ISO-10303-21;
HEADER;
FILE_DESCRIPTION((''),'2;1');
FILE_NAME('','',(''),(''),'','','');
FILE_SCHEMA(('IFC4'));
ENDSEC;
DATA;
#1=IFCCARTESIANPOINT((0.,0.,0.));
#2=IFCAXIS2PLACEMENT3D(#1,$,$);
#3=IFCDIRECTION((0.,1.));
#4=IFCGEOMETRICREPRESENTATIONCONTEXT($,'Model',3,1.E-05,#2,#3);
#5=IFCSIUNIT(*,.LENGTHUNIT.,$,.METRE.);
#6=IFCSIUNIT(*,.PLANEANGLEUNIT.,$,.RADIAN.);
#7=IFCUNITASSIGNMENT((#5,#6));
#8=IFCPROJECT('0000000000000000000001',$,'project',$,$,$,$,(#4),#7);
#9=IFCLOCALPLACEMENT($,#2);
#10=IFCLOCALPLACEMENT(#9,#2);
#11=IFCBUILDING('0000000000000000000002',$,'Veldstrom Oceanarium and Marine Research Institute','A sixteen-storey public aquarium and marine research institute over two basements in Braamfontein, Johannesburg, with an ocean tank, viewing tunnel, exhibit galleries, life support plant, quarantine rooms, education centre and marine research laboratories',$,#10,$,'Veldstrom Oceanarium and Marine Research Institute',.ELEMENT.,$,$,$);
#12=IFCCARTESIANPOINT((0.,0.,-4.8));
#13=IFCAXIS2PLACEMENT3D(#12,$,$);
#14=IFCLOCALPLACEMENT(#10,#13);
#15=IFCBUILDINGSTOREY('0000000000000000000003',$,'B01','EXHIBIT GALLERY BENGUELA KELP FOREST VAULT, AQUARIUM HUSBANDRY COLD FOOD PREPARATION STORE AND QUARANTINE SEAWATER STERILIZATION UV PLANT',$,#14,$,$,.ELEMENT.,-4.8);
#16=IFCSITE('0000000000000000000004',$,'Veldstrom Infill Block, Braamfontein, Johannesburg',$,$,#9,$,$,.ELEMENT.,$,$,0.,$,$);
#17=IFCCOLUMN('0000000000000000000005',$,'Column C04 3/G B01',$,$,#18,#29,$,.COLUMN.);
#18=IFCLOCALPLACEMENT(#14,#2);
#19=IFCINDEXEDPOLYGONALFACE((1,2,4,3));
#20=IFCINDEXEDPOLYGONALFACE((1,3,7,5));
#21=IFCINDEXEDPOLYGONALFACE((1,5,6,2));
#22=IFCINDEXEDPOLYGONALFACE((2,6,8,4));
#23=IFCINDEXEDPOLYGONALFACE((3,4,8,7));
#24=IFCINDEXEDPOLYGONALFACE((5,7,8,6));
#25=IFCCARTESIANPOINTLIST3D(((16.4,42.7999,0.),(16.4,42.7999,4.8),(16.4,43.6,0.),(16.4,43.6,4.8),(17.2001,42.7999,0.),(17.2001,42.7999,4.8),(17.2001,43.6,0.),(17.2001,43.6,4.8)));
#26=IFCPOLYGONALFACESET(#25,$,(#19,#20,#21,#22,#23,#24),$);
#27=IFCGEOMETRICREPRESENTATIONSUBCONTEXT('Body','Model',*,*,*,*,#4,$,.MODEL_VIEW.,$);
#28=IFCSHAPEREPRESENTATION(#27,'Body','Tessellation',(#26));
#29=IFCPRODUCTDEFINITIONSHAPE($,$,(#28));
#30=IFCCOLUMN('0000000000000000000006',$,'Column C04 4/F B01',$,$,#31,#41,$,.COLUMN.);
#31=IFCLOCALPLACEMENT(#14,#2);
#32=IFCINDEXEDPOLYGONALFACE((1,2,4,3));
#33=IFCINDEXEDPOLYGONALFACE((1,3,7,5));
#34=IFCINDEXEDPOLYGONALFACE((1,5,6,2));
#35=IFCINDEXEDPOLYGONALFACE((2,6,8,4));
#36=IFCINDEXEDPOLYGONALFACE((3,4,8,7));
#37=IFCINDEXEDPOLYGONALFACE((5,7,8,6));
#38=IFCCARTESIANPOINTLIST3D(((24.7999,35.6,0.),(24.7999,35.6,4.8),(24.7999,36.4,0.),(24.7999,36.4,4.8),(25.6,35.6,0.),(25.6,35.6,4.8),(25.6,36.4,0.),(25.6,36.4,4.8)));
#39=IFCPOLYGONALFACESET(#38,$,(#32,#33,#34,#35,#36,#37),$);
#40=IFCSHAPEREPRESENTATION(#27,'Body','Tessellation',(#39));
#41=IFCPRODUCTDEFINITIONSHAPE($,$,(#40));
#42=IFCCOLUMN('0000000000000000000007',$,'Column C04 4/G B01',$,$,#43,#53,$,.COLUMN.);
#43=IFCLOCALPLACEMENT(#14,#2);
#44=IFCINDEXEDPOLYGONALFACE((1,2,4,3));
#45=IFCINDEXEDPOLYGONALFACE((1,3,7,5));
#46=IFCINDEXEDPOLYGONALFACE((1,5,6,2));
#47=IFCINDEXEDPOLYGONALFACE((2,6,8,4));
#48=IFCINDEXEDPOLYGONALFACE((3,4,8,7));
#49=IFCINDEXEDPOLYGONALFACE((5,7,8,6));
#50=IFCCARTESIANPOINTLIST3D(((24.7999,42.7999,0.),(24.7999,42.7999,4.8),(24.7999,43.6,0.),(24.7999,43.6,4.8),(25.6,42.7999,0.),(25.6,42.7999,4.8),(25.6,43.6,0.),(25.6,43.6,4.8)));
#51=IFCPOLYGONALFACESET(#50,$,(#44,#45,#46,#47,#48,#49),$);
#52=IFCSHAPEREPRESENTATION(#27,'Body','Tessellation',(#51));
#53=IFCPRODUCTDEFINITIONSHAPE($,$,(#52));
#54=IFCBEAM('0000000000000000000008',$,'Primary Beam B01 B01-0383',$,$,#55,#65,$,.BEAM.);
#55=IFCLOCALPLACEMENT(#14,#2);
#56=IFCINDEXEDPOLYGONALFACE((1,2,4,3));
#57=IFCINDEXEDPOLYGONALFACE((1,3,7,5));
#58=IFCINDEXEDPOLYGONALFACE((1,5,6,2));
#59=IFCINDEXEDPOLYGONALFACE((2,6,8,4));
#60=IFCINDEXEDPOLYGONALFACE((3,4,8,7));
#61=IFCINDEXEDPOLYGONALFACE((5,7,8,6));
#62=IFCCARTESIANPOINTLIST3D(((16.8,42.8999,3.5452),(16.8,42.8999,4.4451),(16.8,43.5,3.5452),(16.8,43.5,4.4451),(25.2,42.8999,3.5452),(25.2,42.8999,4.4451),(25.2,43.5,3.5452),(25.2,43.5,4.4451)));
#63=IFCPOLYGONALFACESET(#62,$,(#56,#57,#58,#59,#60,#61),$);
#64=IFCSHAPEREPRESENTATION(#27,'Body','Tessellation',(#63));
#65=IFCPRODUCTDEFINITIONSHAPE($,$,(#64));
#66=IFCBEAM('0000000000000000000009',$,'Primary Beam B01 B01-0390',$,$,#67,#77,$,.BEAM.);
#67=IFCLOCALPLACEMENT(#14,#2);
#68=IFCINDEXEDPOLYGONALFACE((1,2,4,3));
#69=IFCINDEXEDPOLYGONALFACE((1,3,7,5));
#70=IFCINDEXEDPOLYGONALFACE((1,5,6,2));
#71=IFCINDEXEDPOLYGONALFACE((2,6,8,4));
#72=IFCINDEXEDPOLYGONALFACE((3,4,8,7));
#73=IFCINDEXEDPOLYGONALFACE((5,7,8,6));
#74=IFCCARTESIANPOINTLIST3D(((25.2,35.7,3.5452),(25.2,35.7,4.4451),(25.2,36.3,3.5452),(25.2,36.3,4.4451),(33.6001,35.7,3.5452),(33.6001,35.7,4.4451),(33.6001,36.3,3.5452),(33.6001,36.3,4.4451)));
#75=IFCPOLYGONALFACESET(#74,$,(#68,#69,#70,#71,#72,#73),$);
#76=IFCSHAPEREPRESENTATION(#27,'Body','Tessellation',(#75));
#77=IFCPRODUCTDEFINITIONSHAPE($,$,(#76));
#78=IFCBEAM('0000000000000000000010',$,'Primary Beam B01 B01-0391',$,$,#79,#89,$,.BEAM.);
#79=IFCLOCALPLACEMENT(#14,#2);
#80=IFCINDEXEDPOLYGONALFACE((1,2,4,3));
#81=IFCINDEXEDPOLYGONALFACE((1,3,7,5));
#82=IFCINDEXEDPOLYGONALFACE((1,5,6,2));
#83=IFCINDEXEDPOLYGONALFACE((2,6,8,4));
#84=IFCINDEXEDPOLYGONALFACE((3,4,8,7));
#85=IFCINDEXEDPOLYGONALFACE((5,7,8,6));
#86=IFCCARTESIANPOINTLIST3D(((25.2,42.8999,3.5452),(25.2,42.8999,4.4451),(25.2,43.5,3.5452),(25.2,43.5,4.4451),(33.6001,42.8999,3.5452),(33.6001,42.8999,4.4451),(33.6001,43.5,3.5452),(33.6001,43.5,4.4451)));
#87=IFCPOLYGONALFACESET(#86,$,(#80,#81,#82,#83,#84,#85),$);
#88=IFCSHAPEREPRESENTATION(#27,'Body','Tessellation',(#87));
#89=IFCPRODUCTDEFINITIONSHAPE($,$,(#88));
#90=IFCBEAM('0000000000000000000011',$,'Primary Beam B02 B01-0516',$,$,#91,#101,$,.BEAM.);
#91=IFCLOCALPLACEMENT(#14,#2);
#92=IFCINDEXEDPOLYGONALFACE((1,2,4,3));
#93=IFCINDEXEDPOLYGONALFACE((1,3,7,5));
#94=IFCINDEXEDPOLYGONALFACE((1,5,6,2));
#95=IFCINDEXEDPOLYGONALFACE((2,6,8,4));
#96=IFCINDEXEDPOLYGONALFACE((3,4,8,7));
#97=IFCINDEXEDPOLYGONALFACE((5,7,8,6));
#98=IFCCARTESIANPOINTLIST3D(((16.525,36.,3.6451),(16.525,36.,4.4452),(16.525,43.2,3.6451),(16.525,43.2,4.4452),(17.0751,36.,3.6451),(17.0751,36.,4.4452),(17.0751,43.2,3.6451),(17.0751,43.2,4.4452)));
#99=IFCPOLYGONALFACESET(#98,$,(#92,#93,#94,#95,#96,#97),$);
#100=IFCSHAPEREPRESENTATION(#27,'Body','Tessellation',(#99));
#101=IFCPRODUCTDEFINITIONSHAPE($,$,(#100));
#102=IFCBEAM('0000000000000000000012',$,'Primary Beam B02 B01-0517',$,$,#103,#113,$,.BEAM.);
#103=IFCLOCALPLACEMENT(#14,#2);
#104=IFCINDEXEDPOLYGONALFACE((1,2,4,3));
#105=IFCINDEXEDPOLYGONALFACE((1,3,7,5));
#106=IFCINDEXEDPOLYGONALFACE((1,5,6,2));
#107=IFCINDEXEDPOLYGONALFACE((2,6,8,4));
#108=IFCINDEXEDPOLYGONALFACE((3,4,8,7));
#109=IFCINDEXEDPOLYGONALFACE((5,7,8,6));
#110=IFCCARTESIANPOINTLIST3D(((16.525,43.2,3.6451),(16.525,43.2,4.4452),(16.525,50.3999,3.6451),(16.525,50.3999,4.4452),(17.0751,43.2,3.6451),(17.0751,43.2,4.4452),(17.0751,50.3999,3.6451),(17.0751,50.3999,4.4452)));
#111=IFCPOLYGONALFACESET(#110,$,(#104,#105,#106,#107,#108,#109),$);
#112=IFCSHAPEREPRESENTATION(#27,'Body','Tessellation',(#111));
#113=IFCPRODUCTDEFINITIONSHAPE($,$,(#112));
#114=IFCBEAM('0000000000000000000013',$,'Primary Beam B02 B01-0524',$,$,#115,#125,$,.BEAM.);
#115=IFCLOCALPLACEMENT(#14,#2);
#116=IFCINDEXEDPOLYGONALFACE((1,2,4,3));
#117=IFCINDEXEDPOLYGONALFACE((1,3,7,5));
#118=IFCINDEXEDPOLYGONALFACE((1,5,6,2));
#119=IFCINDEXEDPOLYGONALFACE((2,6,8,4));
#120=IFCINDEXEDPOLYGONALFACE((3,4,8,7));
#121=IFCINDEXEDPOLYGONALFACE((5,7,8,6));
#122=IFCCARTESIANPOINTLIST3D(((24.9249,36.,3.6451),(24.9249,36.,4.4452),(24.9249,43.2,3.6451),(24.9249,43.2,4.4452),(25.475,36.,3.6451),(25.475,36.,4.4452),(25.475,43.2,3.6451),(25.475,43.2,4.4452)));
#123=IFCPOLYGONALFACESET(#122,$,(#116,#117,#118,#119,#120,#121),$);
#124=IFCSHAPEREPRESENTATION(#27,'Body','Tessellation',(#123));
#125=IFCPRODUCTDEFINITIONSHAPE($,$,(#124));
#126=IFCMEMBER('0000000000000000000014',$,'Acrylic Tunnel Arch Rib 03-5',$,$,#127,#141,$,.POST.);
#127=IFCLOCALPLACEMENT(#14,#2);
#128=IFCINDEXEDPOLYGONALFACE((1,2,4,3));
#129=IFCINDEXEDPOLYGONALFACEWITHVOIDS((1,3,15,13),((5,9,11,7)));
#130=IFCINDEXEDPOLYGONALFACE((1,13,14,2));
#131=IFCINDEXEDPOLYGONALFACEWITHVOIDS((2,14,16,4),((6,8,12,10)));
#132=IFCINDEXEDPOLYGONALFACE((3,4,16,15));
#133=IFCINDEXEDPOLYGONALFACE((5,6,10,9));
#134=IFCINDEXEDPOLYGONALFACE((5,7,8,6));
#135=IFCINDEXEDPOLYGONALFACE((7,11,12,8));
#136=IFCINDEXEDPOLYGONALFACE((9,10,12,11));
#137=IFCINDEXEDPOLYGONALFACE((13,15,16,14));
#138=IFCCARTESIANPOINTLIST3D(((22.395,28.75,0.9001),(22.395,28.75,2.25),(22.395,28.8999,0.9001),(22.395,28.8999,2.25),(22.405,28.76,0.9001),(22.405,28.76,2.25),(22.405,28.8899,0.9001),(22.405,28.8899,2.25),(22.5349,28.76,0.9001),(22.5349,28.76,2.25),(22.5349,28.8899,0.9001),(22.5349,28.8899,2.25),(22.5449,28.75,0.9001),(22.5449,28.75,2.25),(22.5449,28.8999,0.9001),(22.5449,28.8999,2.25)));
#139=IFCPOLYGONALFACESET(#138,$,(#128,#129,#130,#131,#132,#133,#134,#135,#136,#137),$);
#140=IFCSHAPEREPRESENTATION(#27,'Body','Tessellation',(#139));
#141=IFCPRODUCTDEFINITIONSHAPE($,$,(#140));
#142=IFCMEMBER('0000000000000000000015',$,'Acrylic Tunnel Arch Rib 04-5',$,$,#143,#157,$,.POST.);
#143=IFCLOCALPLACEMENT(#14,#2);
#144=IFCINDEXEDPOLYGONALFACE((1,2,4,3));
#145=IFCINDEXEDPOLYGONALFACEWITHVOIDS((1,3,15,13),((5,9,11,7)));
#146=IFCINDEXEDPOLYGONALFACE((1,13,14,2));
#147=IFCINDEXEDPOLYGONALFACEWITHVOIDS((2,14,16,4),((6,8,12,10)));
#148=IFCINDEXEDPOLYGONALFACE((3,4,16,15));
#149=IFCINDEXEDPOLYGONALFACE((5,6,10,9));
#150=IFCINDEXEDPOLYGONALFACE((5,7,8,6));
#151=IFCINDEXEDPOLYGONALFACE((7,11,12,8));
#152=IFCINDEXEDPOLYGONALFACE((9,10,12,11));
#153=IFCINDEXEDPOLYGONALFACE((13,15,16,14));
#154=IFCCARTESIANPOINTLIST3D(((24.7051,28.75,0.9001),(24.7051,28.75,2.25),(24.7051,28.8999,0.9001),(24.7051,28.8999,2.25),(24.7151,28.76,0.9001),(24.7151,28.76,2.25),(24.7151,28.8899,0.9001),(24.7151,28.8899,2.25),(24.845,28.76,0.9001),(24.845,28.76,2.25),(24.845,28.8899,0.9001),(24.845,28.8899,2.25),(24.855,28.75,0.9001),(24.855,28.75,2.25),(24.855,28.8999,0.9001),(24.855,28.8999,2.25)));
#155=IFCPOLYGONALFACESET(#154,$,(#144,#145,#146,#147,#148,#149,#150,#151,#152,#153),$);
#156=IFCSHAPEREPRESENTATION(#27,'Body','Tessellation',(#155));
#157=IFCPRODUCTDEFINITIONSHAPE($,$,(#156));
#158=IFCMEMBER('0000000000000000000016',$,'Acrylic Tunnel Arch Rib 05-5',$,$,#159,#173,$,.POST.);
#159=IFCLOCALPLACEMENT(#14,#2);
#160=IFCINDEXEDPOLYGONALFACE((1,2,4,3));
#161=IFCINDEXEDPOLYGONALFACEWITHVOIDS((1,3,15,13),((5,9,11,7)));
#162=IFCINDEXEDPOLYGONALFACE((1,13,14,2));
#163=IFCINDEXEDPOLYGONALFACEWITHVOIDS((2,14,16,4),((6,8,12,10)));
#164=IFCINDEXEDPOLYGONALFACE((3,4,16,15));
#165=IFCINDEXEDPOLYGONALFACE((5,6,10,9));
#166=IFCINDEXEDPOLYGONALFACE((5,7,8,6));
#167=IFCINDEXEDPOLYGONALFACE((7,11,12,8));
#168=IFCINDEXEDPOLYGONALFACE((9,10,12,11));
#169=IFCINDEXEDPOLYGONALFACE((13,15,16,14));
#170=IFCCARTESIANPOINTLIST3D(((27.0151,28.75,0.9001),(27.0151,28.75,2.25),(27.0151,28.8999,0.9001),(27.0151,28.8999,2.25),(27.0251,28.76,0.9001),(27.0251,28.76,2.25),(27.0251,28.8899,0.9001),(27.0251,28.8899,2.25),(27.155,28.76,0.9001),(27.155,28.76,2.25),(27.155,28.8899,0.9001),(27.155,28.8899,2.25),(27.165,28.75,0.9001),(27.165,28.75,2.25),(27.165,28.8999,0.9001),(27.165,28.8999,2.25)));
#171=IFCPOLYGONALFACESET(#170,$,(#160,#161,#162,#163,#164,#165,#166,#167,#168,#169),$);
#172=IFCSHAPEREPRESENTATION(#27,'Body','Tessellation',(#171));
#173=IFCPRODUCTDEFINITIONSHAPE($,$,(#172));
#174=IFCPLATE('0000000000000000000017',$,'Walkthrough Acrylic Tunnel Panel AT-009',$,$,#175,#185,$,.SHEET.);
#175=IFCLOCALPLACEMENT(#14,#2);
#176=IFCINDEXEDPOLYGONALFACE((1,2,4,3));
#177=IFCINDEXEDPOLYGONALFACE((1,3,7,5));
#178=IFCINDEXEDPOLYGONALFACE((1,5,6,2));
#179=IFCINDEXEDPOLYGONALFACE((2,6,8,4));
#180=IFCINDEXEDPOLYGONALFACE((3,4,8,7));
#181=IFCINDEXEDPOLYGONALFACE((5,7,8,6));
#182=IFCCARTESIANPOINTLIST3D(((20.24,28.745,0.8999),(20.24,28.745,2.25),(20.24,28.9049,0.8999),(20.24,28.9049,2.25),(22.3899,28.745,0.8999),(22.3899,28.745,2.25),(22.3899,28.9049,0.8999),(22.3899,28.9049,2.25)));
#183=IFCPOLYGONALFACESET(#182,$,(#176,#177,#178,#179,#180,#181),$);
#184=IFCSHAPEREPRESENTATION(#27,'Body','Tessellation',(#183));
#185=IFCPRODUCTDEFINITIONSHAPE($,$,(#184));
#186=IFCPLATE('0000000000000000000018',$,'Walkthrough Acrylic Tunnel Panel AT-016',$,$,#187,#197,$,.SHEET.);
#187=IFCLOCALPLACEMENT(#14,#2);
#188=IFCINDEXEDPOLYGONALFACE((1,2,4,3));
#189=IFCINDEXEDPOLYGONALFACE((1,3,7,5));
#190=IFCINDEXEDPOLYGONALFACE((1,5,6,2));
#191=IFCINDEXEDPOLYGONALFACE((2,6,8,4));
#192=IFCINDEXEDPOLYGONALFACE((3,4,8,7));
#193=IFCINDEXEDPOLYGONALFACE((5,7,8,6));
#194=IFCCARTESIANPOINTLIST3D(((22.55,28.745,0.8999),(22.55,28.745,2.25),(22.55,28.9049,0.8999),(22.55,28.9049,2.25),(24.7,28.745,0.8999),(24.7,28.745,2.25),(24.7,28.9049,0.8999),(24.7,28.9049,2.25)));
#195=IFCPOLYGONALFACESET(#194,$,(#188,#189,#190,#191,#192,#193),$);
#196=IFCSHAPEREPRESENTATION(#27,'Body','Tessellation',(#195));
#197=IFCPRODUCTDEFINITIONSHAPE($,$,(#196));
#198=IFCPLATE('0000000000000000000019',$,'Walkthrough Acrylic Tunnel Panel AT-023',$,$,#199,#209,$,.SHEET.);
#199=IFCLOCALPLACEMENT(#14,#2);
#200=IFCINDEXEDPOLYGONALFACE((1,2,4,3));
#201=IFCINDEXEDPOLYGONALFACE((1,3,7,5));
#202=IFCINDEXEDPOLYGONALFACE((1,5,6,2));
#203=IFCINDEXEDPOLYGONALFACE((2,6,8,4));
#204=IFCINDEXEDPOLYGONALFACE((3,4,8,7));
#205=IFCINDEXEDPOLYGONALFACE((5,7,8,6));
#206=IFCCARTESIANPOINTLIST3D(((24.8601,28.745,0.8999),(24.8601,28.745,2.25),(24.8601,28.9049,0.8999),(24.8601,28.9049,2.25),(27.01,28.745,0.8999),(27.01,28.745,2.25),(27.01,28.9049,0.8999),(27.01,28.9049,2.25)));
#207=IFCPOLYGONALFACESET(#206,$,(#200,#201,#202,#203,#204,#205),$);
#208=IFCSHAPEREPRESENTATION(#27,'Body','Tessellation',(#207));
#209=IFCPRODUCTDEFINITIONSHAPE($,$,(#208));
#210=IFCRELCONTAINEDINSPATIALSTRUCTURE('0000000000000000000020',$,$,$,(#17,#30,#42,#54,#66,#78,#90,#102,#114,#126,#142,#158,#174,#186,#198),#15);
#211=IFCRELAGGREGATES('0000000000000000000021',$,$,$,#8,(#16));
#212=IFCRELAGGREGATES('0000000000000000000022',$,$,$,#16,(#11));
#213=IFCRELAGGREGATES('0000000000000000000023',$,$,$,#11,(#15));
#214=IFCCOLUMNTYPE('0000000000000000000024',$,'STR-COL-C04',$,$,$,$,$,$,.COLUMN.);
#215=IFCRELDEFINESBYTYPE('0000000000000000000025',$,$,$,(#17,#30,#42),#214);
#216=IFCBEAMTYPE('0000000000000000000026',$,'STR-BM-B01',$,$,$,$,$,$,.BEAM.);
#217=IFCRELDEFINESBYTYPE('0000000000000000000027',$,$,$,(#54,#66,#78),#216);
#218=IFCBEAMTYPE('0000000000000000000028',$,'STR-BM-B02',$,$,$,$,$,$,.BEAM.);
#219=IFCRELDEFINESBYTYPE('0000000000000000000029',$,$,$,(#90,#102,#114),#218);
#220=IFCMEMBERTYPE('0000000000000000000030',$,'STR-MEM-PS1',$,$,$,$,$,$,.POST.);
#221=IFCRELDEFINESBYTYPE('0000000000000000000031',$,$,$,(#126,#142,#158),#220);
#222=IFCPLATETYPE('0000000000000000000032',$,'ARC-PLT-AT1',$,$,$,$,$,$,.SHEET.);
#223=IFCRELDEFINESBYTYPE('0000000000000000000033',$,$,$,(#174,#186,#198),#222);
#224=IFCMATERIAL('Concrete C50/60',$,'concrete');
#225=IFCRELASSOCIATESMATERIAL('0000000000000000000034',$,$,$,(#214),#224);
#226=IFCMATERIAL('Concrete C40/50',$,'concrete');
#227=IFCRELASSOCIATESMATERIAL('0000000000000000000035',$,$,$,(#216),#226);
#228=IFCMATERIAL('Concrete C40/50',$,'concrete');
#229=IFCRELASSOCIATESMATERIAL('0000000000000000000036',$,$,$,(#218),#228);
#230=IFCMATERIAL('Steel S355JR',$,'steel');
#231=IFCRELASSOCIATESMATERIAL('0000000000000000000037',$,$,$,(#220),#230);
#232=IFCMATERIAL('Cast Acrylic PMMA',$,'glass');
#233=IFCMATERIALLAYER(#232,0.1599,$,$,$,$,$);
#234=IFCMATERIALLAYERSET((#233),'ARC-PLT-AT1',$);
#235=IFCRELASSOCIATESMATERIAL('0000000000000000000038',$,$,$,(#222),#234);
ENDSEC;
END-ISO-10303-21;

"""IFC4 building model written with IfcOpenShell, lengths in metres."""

from ifc_helpers import new_model, si_unit, direction, frame, origin, origin_2d, place, context, subcontext, project, spatial, rectangle, hollow_rectangle, extrude, material, layer, layer_set, material_profile, profile_set, type_object, element, save


model = new_model("IFC4")

# Units and contexts
model_context = context("Model", 3, precision=1e-05, world=origin(), true_north=direction((0.0, 1.0)))
body_context = subcontext(model_context, "Body", "Model", "MODEL_VIEW")
ifc_project = project(units=[si_unit("LENGTHUNIT", "METRE"), si_unit("PLANEANGLEUNIT", "RADIAN")], contexts=[model_context])

# Site, building, storey
site_placement = place(None, origin())
site = spatial("IfcSite", under=ifc_project, at=site_placement, Name="Veldstrom Infill Block, Braamfontein, Johannesburg", CompositionType="ELEMENT", RefElevation=0.0)
building_placement = place(site_placement, origin())
building = spatial("IfcBuilding", under=site, at=building_placement, Name="Veldstrom Oceanarium and Marine Research Institute", Description="A sixteen-storey public aquarium and marine research institute over two basements in Braamfontein, Johannesburg, with an ocean tank, viewing tunnel, exhibit galleries, life support plant, quarantine rooms, education centre and marine research laboratories", LongName="Veldstrom Oceanarium and Marine Research Institute", CompositionType="ELEMENT")
storey_placement = place(building_placement, frame((0.0, 0.0, -4.8)))
storey = spatial("IfcBuildingStorey", under=building, at=storey_placement, Name="B01", Description="EXHIBIT GALLERY BENGUELA KELP FOREST VAULT, AQUARIUM HUSBANDRY COLD FOOD PREPARATION STORE AND QUARANTINE SEAWATER STERILIZATION UV PLANT", CompositionType="ELEMENT", Elevation=-4.8)

# Columns
ifc_material_1 = material(Name="Concrete C50/60", Category="concrete")
ifc_material_profile_1 = material_profile(ifc_material_1, rectangle(XDim=0.8, YDim=0.8, at=origin_2d()), Name="RC-COL-800x800")
ifc_profile_set_1 = profile_set([ifc_material_profile_1], Name="Concrete C50/60")
column_type = type_object("IfcColumnType", Name="STR-COL-C04", PredefinedType="COLUMN", material=ifc_profile_set_1)
for number, where, z_axis, x_axis, name in (
    (1, (16.8, 43.2, 0.0), (0.0, 0.0, 1.0), (1.0, 0.0, 0.0), "Column C04 3/G B01"),
    (2, (25.2, 36.0, 0.0), (0.0, 0.0, 1.0), (1.0, 0.0, 0.0), "Column C04 4/F B01"),
    (3, (25.2, 43.2, 0.0), (0.0, 0.0, 1.0), (1.0, 0.0, 0.0), "Column C04 4/G B01"),
):
    element("IfcColumn", number, at=place(storey_placement, frame(where, z_axis=z_axis, x_axis=x_axis)), inside=storey, type_object=column_type, Name=name, PredefinedType="COLUMN", context=body_context, shape_type="SweptSolid", body=[
        extrude(rectangle(XDim=0.8, YDim=0.8, at=origin_2d()), origin(), (0.0, 0.0, 1.0), 4.8),
    ])

# Beams
ifc_material_2 = material(Name="Concrete C40/50", Category="concrete")
ifc_material_profile_2 = material_profile(ifc_material_2, rectangle(XDim=0.6001, YDim=0.8999, at=origin_2d()), Name="RC-BM-600x900")
ifc_profile_set_2 = profile_set([ifc_material_profile_2], Name="Concrete C40/50")
beam_type_1 = type_object("IfcBeamType", Name="STR-BM-B01", PredefinedType="BEAM", material=ifc_profile_set_2)
beam_placement = place(storey_placement, frame((16.8, 43.2, 3.9951), z_axis=(1.0, 0.0, 0.0), x_axis=(0.0, 1.0, 0.0)))
element("IfcBeam", 4, at=beam_placement, inside=storey, type_object=beam_type_1, Name="Primary Beam B01 B01-0383", PredefinedType="BEAM", context=body_context, shape_type="SweptSolid", body=[
    extrude(rectangle(XDim=0.6001, YDim=0.8999, at=origin_2d()), origin(), (0.0, 0.0, 1.0), 8.3999),
])
for number, where, z_axis, x_axis, name in (
    (5, (25.2, 36.0, 3.9951), (1.0, 0.0, 0.0), (0.0, 1.0, 0.0), "Primary Beam B01 B01-0390"),
    (6, (25.2, 43.2, 3.9951), (1.0, 0.0, 0.0), (0.0, 1.0, 0.0), "Primary Beam B01 B01-0391"),
):
    element("IfcBeam", number, at=place(storey_placement, frame(where, z_axis=z_axis, x_axis=x_axis)), inside=storey, type_object=beam_type_1, Name=name, PredefinedType="BEAM", context=body_context, shape_type="SweptSolid", body=[
        extrude(rectangle(XDim=0.6001, YDim=0.8999, at=origin_2d()), origin(), (0.0, 0.0, 1.0), 8.4001),
    ])
ifc_material_3 = material(Name="Concrete C40/50", Category="concrete")
ifc_material_profile_3 = material_profile(ifc_material_3, rectangle(XDim=0.55, YDim=0.8, at=origin_2d()), Name="RC-BM-550x800")
ifc_profile_set_3 = profile_set([ifc_material_profile_3], Name="Concrete C40/50")
beam_type_2 = type_object("IfcBeamType", Name="STR-BM-B02", PredefinedType="BEAM", material=ifc_profile_set_3)
for number, where, z_axis, x_axis, name in (
    (7, (16.8, 36.0, 4.0452), (0.0, 1.0, 0.0), (-1.0, 0.0, 0.0), "Primary Beam B02 B01-0516"),
    (8, (16.8, 43.2, 4.0452), (0.0, 1.0, 0.0), (-1.0, 0.0, 0.0), "Primary Beam B02 B01-0517"),
    (9, (25.2, 36.0, 4.0452), (0.0, 1.0, 0.0), (-1.0, 0.0, 0.0), "Primary Beam B02 B01-0524"),
):
    element("IfcBeam", number, at=place(storey_placement, frame(where, z_axis=z_axis, x_axis=x_axis)), inside=storey, type_object=beam_type_2, Name=name, PredefinedType="BEAM", context=body_context, shape_type="SweptSolid", body=[
        extrude(rectangle(XDim=0.55, YDim=0.8, at=origin_2d()), origin(), (0.0, 0.0, 1.0), 7.2),
    ])

# Members
ifc_material_4 = material(Name="Steel S355JR", Category="steel")
ifc_material_profile_4 = material_profile(ifc_material_4, hollow_rectangle(XDim=0.1499, YDim=0.1499, WallThickness=0.01, at=origin_2d()), Name="SHS 150x150x10")
ifc_profile_set_4 = profile_set([ifc_material_profile_4], Name="Steel S355JR")
member_type = type_object("IfcMemberType", Name="STR-MEM-PS1", PredefinedType="POST", material=ifc_profile_set_4)
for number, where, z_axis, x_axis, name in (
    (10, (22.47, 28.825, 2.25), (0.0, 0.0, -1.0), (1.0, 0.0, 0.0), "Acrylic Tunnel Arch Rib 03-5"),
    (11, (24.78, 28.825, 2.25), (0.0, 0.0, -1.0), (1.0, 0.0, 0.0), "Acrylic Tunnel Arch Rib 04-5"),
    (12, (27.0901, 28.825, 2.25), (0.0, 0.0, -1.0), (1.0, 0.0, 0.0), "Acrylic Tunnel Arch Rib 05-5"),
):
    element("IfcMember", number, at=place(storey_placement, frame(where, z_axis=z_axis, x_axis=x_axis)), inside=storey, type_object=member_type, Name=name, PredefinedType="POST", context=body_context, shape_type="SweptSolid", body=[
        extrude(hollow_rectangle(XDim=0.1499, YDim=0.1499, WallThickness=0.01, at=origin_2d()), origin(), (0.0, 0.0, 1.0), 1.3499),
    ])

# Plates
ifc_material_5 = material(Name="Cast Acrylic PMMA", Category="glass")
ifc_layer_1 = layer(ifc_material_5, 0.1599)
ifc_layer_set_1 = layer_set([ifc_layer_1], Name="ARC-PLT-AT1")
plate_type = type_object("IfcPlateType", Name="ARC-PLT-AT1", PredefinedType="SHEET", material=ifc_layer_set_1)
for number, where, z_axis, x_axis, name in (
    (13, (21.3149, 28.825, 0.8999), (0.0, 0.0, 1.0), (1.0, 0.0, 0.0), "Walkthrough Acrylic Tunnel Panel AT-009"),
    (14, (23.625, 28.825, 0.8999), (0.0, 0.0, 1.0), (1.0, 0.0, 0.0), "Walkthrough Acrylic Tunnel Panel AT-016"),
    (15, (25.9351, 28.825, 0.8999), (0.0, 0.0, 1.0), (1.0, 0.0, 0.0), "Walkthrough Acrylic Tunnel Panel AT-023"),
):
    element("IfcPlate", number, at=place(storey_placement, frame(where, z_axis=z_axis, x_axis=x_axis)), inside=storey, type_object=plate_type, Name=name, PredefinedType="SHEET", context=body_context, shape_type="SweptSolid", body=[
        extrude(rectangle(XDim=2.1499, YDim=0.1599, at=origin_2d()), origin(), (0.0, 0.0, 1.0), 1.3501),
    ])

save(model, "model.ifc")
